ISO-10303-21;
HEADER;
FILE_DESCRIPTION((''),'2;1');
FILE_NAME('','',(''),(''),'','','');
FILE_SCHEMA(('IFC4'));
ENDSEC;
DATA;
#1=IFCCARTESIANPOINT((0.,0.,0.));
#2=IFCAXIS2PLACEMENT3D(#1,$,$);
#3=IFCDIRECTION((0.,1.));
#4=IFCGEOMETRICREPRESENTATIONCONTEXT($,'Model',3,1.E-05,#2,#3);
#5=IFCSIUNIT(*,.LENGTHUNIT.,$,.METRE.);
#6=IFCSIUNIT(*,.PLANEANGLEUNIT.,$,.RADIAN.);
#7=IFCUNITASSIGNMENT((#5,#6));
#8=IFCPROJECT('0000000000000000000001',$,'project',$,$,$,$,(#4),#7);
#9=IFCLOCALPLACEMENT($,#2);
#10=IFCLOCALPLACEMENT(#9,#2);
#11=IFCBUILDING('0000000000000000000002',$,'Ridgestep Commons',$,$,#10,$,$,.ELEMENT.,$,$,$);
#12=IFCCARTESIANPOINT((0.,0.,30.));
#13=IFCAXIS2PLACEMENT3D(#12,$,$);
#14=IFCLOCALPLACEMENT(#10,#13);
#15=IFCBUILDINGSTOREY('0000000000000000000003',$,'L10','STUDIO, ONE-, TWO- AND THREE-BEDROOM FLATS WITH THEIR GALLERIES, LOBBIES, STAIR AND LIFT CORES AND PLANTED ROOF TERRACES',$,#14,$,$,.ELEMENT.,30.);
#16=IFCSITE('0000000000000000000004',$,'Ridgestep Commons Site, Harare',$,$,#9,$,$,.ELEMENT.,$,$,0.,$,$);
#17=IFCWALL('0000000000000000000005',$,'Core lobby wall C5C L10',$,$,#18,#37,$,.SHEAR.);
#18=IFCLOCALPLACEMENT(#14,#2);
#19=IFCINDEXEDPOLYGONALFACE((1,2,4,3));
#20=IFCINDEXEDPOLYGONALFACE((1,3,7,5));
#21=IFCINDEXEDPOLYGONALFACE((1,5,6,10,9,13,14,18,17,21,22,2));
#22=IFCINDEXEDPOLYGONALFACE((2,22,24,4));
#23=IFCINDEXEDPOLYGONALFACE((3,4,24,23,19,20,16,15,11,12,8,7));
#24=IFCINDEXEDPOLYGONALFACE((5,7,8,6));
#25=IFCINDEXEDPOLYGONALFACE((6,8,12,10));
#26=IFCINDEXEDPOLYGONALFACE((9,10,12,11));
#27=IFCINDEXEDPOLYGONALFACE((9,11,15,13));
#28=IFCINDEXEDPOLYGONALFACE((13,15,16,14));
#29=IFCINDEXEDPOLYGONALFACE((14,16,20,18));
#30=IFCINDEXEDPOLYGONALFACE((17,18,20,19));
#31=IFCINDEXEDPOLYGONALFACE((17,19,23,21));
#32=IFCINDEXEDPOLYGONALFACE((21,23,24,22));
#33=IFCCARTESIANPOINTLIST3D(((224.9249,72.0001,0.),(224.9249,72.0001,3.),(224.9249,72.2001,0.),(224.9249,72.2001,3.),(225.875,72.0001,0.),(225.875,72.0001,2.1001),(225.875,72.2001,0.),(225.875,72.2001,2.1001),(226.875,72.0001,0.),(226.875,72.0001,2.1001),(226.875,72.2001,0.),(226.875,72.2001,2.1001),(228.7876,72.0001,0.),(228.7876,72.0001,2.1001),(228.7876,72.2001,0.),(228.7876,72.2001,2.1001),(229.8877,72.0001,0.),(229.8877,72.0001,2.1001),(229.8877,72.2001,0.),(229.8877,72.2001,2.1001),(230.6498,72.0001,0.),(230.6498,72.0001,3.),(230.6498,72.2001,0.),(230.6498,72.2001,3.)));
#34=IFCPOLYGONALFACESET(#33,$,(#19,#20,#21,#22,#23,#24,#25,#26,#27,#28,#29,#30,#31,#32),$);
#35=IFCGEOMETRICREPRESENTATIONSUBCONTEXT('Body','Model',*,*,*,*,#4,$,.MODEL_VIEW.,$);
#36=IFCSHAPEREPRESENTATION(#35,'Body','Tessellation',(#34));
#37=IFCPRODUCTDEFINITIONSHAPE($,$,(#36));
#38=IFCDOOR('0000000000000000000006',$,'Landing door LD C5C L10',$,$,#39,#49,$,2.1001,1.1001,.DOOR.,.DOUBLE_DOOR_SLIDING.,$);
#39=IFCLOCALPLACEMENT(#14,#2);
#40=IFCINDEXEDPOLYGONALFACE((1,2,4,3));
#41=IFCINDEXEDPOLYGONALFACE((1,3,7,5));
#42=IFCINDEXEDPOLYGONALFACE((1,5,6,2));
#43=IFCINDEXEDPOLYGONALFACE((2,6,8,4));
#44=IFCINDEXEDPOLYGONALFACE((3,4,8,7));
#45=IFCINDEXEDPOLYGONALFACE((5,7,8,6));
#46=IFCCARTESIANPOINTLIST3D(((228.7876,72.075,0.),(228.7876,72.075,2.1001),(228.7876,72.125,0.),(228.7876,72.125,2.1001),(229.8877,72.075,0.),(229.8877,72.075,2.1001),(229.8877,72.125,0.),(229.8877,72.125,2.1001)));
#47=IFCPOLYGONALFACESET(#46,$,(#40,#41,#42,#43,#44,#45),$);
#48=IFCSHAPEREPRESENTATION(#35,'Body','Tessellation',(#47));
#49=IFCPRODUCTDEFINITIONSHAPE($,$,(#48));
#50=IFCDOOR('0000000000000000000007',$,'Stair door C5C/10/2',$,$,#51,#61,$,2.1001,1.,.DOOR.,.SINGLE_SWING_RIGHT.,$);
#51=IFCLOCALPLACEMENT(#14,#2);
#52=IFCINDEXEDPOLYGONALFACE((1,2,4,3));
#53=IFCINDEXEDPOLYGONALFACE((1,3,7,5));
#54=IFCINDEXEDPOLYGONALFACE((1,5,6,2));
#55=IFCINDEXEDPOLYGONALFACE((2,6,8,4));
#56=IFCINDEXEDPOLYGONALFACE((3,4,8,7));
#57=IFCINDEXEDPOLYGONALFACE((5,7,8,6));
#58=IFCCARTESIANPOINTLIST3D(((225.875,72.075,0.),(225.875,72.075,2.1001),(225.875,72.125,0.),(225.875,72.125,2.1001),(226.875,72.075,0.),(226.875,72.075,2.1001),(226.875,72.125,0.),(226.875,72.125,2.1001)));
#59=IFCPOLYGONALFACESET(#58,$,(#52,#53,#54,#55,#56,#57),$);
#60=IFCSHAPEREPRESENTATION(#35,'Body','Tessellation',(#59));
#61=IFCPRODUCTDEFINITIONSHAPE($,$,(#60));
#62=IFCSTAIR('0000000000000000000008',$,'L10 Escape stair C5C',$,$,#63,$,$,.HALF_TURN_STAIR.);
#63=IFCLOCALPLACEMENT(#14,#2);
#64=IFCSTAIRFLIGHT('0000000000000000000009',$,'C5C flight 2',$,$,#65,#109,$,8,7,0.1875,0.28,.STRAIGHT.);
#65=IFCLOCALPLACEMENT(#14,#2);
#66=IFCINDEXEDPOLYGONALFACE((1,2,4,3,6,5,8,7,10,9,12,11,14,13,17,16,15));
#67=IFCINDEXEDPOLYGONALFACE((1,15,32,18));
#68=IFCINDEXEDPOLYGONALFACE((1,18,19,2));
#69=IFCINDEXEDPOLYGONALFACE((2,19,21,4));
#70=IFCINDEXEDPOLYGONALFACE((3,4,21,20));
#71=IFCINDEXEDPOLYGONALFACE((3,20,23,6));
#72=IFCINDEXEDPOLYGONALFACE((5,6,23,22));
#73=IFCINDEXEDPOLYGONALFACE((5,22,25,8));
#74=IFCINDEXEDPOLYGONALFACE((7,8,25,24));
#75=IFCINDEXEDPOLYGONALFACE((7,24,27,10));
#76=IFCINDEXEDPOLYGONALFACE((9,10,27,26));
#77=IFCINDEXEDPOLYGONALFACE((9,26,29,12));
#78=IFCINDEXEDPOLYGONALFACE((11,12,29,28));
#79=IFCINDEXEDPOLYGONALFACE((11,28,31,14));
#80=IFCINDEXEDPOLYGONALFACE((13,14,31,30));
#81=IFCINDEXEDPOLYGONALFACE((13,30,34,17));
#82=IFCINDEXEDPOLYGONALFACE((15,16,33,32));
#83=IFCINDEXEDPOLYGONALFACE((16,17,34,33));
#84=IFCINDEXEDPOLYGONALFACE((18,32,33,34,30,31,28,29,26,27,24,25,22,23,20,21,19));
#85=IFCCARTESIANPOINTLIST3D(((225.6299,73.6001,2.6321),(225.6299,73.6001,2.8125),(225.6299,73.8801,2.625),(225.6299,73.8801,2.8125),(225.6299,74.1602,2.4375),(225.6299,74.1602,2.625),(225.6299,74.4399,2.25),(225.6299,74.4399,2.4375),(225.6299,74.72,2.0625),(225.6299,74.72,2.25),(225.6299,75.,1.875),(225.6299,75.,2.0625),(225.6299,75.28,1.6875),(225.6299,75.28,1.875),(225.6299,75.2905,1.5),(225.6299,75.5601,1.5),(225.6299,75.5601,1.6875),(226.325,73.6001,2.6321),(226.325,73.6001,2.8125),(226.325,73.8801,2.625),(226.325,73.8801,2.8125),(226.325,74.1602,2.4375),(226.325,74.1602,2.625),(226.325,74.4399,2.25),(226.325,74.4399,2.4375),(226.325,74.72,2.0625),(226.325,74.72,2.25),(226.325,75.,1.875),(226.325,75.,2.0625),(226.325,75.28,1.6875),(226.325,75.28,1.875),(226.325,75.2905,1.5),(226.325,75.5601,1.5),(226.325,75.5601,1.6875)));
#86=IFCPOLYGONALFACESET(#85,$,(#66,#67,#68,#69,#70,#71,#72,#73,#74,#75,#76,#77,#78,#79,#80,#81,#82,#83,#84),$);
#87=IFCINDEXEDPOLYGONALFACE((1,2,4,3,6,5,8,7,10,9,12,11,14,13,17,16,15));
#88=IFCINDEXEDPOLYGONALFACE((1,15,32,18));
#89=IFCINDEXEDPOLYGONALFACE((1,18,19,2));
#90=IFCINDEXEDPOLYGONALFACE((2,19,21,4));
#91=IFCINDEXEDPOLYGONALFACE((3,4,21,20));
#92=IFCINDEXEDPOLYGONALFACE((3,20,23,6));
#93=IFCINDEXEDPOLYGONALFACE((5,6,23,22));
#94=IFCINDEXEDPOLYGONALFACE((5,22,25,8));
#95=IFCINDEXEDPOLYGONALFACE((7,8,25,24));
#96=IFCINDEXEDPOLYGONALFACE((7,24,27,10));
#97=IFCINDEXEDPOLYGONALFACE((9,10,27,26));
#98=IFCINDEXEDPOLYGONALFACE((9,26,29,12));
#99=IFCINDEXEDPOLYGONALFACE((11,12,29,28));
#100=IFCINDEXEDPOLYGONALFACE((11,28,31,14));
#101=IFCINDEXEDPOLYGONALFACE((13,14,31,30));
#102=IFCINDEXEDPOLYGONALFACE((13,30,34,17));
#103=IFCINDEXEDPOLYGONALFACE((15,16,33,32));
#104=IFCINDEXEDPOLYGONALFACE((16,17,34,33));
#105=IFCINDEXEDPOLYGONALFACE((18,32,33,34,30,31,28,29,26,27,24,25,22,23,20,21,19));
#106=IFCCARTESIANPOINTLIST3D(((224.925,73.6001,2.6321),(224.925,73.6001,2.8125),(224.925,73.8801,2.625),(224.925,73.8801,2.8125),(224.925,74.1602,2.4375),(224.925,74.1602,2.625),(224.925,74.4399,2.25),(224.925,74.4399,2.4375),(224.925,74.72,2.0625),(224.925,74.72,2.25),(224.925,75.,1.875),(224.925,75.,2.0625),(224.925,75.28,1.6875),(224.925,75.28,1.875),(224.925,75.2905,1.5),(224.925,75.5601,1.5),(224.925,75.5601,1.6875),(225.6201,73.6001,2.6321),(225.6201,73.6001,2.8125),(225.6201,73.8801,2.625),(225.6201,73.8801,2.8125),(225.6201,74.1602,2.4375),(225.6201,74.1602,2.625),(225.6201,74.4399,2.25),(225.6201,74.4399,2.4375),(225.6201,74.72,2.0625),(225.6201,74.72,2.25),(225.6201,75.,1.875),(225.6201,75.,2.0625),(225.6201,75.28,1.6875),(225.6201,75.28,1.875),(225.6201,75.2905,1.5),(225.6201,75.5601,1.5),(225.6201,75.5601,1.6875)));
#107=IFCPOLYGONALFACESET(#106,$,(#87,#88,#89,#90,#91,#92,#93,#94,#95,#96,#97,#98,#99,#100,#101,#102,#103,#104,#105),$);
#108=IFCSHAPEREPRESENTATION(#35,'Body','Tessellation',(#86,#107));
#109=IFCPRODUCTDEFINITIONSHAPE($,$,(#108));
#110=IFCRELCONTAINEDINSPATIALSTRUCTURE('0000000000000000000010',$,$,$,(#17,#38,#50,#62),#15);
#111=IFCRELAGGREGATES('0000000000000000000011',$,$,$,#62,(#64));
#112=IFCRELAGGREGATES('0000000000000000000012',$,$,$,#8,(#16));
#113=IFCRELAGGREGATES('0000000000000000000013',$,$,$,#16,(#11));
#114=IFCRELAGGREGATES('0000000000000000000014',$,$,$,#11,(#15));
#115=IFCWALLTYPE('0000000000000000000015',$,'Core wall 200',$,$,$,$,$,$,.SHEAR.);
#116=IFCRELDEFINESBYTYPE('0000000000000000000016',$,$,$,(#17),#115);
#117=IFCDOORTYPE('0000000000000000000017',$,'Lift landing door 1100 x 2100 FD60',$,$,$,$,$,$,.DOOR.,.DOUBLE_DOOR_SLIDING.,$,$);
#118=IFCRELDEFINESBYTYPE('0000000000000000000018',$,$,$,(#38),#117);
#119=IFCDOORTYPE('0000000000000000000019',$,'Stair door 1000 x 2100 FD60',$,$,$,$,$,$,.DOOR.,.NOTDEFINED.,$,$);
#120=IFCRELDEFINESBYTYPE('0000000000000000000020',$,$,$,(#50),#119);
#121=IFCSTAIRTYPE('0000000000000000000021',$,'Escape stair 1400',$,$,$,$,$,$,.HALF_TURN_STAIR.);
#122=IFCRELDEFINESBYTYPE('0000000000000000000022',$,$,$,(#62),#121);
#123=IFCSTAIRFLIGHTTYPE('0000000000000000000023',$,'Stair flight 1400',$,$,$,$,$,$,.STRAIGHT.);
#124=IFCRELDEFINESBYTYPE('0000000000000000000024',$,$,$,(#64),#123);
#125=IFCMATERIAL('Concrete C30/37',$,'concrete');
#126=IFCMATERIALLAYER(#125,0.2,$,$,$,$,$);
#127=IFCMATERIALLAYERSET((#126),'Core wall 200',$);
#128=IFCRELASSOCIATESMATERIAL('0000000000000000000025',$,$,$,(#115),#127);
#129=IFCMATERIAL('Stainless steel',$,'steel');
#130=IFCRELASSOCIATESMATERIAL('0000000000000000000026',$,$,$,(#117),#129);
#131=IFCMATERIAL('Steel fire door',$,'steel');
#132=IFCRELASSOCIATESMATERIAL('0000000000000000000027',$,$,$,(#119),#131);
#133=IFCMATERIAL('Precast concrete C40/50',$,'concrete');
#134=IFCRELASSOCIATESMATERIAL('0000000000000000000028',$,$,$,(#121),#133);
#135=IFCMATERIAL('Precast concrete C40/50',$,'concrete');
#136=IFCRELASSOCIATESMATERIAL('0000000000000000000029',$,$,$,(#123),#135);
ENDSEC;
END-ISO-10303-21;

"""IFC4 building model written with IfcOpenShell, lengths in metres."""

from ifc_helpers import new_model, si_unit, direction, frame, frame_2d, origin, place, context, subcontext, project, spatial, polyline, rectangle, outline, extrude, material, layer, layer_set, type_object, element, fill, aggregate, save


model = new_model("IFC4")

# Units and contexts
model_context = context("Model", 3, precision=1e-05, world=origin(), true_north=direction((0.0, 1.0)))
body_context = subcontext(model_context, "Body", "Model", "MODEL_VIEW")
ifc_project = project(units=[si_unit("LENGTHUNIT", "METRE"), si_unit("PLANEANGLEUNIT", "RADIAN")], contexts=[model_context])

# Site, building, storey
site_placement = place(None, origin())
site = spatial("IfcSite", under=ifc_project, at=site_placement, Name="Ridgestep Commons Site, Harare", CompositionType="ELEMENT", RefElevation=0.0)
building_placement = place(site_placement, origin())
building = spatial("IfcBuilding", under=site, at=building_placement, Name="Ridgestep Commons", CompositionType="ELEMENT")
storey_placement = place(building_placement, frame((0.0, 0.0, 30.0)))
storey = spatial("IfcBuildingStorey", under=building, at=storey_placement, Name="L10", Description="STUDIO, ONE-, TWO- AND THREE-BEDROOM FLATS WITH THEIR GALLERIES, LOBBIES, STAIR AND LIFT CORES AND PLANTED ROOF TERRACES", CompositionType="ELEMENT", Elevation=30.0)

# Wall, openings, doors
ifc_material_1 = material(Name="Concrete C30/37", Category="concrete")
ifc_layer_1 = layer(ifc_material_1, 0.2)
ifc_layer_set_1 = layer_set([ifc_layer_1], Name="Core wall 200")
wall_type_1 = type_object("IfcWallType", Name="Core wall 200", PredefinedType="SHEAR", material=ifc_layer_set_1)
wall_1_placement = place(storey_placement, frame((224.925, 72.1001, 0.0), z_axis=(0.0, 0.0, 1.0), x_axis=(1.0, 0.0, 0.0)))
wall_1 = element("IfcWall", 1, at=wall_1_placement, inside=storey, type_object=wall_type_1, Name="Core lobby wall C5C L10", PredefinedType="SHEAR", context=body_context, shape_type="SweptSolid", body=[
    extrude(rectangle(XDim=5.7249, YDim=0.2, at=frame_2d((2.8623, 0.0))), origin(), (0.0, 0.0, 1.0), 3.0),
])
opening_1_placement = place(wall_1_placement, frame((0.95, 0.0, 0.0)))
opening_1 = element("IfcOpeningElement", 2, at=opening_1_placement, cuts=wall_1, PredefinedType="OPENING", context=body_context, shape_type="SweptSolid", body=[
    extrude(rectangle(XDim=1.0, YDim=2.1001, at=frame_2d((0.5, 1.05))), frame((0.0, 0.1099, 0.0), z_axis=(0.0, -1.0, 0.0), x_axis=(1.0, 0.0, 0.0)), (0.0, 0.0, 1.0), 0.22),
])
opening_2_placement = place(wall_1_placement, frame((3.8625, 0.0, 0.0)))
opening_2 = element("IfcOpeningElement", 3, at=opening_2_placement, cuts=wall_1, PredefinedType="OPENING", context=body_context, shape_type="SweptSolid", body=[
    extrude(rectangle(XDim=1.1001, YDim=2.1001, at=frame_2d((0.55, 1.05))), frame((0.0, 0.1099, 0.0), z_axis=(0.0, -1.0, 0.0), x_axis=(1.0, 0.0, 0.0)), (0.0, 0.0, 1.0), 0.22),
])
ifc_material_2 = material(Name="Stainless steel", Category="steel")
door_type_1 = type_object("IfcDoorType", Name="Lift landing door 1100 x 2100 FD60", OperationType="DOUBLE_DOOR_SLIDING", PredefinedType="DOOR", material=ifc_material_2)
door_1_placement = place(opening_2_placement, origin())
door_1 = element("IfcDoor", 4, at=door_1_placement, inside=storey, type_object=door_type_1, Name="Landing door LD C5C L10", OperationType="DOUBLE_DOOR_SLIDING", OverallHeight=2.1001, OverallWidth=1.1001, PredefinedType="DOOR", context=body_context, shape_type="SweptSolid", body=[
    extrude(rectangle(XDim=1.1001, YDim=2.1001, at=frame_2d((0.55, 1.05))), frame((0.0, 0.0249, 0.0), z_axis=(0.0, -1.0, 0.0), x_axis=(1.0, 0.0, 0.0)), (0.0, 0.0, 1.0), 0.05),
])
fill(opening_2, door_1)
ifc_material_3 = material(Name="Steel fire door", Category="steel")
door_type_2 = type_object("IfcDoorType", Name="Stair door 1000 x 2100 FD60", OperationType="NOTDEFINED", PredefinedType="DOOR", material=ifc_material_3)
door_2_placement = place(opening_1_placement, origin())
door_2 = element("IfcDoor", 5, at=door_2_placement, inside=storey, type_object=door_type_2, Name="Stair door C5C/10/2", OperationType="SINGLE_SWING_RIGHT", OverallHeight=2.1001, OverallWidth=1.0, PredefinedType="DOOR", context=body_context, shape_type="SweptSolid", body=[
    extrude(rectangle(XDim=1.0, YDim=2.1001, at=frame_2d((0.5, 1.05))), frame((0.0, 0.0249, 0.0), z_axis=(0.0, -1.0, 0.0), x_axis=(1.0, 0.0, 0.0)), (0.0, 0.0, 1.0), 0.05),
])
fill(opening_1, door_2)

# Stair, stair flight
ifc_material_4 = material(Name="Precast concrete C40/50", Category="concrete")
stair_type = type_object("IfcStairType", Name="Escape stair 1400", PredefinedType="HALF_TURN_STAIR", material=ifc_material_4)
stair_placement = place(storey_placement, origin())
stair = element("IfcStair", 6, at=stair_placement, inside=storey, type_object=stair_type, Name="L10 Escape stair C5C", PredefinedType="HALF_TURN_STAIR")
ifc_material_5 = material(Name="Precast concrete C40/50", Category="concrete")
stair_flight_type = type_object("IfcStairFlightType", Name="Stair flight 1400", PredefinedType="STRAIGHT", material=ifc_material_5)
stair_flight_placement = place(storey_placement, frame((225.625, 75.5601, 1.5), z_axis=(0.0, 0.0, 1.0), x_axis=(0.0, -1.0, 0.0)))
stair_flight = element("IfcStairFlight", 7, at=stair_flight_placement, type_object=stair_flight_type, Name="C5C flight 2", NumberOfRisers=8, NumberOfTreads=7, PredefinedType="STRAIGHT", RiserHeight=0.1875, TreadLength=0.28, context=body_context, shape_type="SweptSolid", body=[
    extrude(outline(polyline([(0.0, 0.0), (0.0, 0.1875), (0.28, 0.1875), (0.28, 0.375), (0.5601, 0.375), (0.5601, 0.5625), (0.8401, 0.5625), (0.8401, 0.75), (1.1201, 0.75), (1.1201, 0.9375), (1.3999, 0.9375), (1.3999, 1.125), (1.6799, 1.125), (1.6799, 1.3125), (1.96, 1.3125), (1.96, 1.5), (1.96, 1.1321), (0.2695, 0.0), (0.0, 0.0)])), frame((0.0, 0.7, 0.0), z_axis=(0.0, -1.0, 0.0), x_axis=(1.0, 0.0, 0.0)), (0.0, 0.0, 1.0), 0.6951),
    extrude(outline(polyline([(0.0, 0.0), (0.0, 0.1875), (0.28, 0.1875), (0.28, 0.375), (0.5601, 0.375), (0.5601, 0.5625), (0.8401, 0.5625), (0.8401, 0.75), (1.1201, 0.75), (1.1201, 0.9375), (1.3999, 0.9375), (1.3999, 1.125), (1.6799, 1.125), (1.6799, 1.3125), (1.96, 1.3125), (1.96, 1.5), (1.96, 1.1321), (0.2695, 0.0), (0.0, 0.0)])), frame((0.0, -0.0049, 0.0), z_axis=(0.0, -1.0, 0.0), x_axis=(1.0, 0.0, 0.0)), (0.0, 0.0, 1.0), 0.6951),
])
aggregate(stair, [stair_flight])

save(model, "model.ifc")
